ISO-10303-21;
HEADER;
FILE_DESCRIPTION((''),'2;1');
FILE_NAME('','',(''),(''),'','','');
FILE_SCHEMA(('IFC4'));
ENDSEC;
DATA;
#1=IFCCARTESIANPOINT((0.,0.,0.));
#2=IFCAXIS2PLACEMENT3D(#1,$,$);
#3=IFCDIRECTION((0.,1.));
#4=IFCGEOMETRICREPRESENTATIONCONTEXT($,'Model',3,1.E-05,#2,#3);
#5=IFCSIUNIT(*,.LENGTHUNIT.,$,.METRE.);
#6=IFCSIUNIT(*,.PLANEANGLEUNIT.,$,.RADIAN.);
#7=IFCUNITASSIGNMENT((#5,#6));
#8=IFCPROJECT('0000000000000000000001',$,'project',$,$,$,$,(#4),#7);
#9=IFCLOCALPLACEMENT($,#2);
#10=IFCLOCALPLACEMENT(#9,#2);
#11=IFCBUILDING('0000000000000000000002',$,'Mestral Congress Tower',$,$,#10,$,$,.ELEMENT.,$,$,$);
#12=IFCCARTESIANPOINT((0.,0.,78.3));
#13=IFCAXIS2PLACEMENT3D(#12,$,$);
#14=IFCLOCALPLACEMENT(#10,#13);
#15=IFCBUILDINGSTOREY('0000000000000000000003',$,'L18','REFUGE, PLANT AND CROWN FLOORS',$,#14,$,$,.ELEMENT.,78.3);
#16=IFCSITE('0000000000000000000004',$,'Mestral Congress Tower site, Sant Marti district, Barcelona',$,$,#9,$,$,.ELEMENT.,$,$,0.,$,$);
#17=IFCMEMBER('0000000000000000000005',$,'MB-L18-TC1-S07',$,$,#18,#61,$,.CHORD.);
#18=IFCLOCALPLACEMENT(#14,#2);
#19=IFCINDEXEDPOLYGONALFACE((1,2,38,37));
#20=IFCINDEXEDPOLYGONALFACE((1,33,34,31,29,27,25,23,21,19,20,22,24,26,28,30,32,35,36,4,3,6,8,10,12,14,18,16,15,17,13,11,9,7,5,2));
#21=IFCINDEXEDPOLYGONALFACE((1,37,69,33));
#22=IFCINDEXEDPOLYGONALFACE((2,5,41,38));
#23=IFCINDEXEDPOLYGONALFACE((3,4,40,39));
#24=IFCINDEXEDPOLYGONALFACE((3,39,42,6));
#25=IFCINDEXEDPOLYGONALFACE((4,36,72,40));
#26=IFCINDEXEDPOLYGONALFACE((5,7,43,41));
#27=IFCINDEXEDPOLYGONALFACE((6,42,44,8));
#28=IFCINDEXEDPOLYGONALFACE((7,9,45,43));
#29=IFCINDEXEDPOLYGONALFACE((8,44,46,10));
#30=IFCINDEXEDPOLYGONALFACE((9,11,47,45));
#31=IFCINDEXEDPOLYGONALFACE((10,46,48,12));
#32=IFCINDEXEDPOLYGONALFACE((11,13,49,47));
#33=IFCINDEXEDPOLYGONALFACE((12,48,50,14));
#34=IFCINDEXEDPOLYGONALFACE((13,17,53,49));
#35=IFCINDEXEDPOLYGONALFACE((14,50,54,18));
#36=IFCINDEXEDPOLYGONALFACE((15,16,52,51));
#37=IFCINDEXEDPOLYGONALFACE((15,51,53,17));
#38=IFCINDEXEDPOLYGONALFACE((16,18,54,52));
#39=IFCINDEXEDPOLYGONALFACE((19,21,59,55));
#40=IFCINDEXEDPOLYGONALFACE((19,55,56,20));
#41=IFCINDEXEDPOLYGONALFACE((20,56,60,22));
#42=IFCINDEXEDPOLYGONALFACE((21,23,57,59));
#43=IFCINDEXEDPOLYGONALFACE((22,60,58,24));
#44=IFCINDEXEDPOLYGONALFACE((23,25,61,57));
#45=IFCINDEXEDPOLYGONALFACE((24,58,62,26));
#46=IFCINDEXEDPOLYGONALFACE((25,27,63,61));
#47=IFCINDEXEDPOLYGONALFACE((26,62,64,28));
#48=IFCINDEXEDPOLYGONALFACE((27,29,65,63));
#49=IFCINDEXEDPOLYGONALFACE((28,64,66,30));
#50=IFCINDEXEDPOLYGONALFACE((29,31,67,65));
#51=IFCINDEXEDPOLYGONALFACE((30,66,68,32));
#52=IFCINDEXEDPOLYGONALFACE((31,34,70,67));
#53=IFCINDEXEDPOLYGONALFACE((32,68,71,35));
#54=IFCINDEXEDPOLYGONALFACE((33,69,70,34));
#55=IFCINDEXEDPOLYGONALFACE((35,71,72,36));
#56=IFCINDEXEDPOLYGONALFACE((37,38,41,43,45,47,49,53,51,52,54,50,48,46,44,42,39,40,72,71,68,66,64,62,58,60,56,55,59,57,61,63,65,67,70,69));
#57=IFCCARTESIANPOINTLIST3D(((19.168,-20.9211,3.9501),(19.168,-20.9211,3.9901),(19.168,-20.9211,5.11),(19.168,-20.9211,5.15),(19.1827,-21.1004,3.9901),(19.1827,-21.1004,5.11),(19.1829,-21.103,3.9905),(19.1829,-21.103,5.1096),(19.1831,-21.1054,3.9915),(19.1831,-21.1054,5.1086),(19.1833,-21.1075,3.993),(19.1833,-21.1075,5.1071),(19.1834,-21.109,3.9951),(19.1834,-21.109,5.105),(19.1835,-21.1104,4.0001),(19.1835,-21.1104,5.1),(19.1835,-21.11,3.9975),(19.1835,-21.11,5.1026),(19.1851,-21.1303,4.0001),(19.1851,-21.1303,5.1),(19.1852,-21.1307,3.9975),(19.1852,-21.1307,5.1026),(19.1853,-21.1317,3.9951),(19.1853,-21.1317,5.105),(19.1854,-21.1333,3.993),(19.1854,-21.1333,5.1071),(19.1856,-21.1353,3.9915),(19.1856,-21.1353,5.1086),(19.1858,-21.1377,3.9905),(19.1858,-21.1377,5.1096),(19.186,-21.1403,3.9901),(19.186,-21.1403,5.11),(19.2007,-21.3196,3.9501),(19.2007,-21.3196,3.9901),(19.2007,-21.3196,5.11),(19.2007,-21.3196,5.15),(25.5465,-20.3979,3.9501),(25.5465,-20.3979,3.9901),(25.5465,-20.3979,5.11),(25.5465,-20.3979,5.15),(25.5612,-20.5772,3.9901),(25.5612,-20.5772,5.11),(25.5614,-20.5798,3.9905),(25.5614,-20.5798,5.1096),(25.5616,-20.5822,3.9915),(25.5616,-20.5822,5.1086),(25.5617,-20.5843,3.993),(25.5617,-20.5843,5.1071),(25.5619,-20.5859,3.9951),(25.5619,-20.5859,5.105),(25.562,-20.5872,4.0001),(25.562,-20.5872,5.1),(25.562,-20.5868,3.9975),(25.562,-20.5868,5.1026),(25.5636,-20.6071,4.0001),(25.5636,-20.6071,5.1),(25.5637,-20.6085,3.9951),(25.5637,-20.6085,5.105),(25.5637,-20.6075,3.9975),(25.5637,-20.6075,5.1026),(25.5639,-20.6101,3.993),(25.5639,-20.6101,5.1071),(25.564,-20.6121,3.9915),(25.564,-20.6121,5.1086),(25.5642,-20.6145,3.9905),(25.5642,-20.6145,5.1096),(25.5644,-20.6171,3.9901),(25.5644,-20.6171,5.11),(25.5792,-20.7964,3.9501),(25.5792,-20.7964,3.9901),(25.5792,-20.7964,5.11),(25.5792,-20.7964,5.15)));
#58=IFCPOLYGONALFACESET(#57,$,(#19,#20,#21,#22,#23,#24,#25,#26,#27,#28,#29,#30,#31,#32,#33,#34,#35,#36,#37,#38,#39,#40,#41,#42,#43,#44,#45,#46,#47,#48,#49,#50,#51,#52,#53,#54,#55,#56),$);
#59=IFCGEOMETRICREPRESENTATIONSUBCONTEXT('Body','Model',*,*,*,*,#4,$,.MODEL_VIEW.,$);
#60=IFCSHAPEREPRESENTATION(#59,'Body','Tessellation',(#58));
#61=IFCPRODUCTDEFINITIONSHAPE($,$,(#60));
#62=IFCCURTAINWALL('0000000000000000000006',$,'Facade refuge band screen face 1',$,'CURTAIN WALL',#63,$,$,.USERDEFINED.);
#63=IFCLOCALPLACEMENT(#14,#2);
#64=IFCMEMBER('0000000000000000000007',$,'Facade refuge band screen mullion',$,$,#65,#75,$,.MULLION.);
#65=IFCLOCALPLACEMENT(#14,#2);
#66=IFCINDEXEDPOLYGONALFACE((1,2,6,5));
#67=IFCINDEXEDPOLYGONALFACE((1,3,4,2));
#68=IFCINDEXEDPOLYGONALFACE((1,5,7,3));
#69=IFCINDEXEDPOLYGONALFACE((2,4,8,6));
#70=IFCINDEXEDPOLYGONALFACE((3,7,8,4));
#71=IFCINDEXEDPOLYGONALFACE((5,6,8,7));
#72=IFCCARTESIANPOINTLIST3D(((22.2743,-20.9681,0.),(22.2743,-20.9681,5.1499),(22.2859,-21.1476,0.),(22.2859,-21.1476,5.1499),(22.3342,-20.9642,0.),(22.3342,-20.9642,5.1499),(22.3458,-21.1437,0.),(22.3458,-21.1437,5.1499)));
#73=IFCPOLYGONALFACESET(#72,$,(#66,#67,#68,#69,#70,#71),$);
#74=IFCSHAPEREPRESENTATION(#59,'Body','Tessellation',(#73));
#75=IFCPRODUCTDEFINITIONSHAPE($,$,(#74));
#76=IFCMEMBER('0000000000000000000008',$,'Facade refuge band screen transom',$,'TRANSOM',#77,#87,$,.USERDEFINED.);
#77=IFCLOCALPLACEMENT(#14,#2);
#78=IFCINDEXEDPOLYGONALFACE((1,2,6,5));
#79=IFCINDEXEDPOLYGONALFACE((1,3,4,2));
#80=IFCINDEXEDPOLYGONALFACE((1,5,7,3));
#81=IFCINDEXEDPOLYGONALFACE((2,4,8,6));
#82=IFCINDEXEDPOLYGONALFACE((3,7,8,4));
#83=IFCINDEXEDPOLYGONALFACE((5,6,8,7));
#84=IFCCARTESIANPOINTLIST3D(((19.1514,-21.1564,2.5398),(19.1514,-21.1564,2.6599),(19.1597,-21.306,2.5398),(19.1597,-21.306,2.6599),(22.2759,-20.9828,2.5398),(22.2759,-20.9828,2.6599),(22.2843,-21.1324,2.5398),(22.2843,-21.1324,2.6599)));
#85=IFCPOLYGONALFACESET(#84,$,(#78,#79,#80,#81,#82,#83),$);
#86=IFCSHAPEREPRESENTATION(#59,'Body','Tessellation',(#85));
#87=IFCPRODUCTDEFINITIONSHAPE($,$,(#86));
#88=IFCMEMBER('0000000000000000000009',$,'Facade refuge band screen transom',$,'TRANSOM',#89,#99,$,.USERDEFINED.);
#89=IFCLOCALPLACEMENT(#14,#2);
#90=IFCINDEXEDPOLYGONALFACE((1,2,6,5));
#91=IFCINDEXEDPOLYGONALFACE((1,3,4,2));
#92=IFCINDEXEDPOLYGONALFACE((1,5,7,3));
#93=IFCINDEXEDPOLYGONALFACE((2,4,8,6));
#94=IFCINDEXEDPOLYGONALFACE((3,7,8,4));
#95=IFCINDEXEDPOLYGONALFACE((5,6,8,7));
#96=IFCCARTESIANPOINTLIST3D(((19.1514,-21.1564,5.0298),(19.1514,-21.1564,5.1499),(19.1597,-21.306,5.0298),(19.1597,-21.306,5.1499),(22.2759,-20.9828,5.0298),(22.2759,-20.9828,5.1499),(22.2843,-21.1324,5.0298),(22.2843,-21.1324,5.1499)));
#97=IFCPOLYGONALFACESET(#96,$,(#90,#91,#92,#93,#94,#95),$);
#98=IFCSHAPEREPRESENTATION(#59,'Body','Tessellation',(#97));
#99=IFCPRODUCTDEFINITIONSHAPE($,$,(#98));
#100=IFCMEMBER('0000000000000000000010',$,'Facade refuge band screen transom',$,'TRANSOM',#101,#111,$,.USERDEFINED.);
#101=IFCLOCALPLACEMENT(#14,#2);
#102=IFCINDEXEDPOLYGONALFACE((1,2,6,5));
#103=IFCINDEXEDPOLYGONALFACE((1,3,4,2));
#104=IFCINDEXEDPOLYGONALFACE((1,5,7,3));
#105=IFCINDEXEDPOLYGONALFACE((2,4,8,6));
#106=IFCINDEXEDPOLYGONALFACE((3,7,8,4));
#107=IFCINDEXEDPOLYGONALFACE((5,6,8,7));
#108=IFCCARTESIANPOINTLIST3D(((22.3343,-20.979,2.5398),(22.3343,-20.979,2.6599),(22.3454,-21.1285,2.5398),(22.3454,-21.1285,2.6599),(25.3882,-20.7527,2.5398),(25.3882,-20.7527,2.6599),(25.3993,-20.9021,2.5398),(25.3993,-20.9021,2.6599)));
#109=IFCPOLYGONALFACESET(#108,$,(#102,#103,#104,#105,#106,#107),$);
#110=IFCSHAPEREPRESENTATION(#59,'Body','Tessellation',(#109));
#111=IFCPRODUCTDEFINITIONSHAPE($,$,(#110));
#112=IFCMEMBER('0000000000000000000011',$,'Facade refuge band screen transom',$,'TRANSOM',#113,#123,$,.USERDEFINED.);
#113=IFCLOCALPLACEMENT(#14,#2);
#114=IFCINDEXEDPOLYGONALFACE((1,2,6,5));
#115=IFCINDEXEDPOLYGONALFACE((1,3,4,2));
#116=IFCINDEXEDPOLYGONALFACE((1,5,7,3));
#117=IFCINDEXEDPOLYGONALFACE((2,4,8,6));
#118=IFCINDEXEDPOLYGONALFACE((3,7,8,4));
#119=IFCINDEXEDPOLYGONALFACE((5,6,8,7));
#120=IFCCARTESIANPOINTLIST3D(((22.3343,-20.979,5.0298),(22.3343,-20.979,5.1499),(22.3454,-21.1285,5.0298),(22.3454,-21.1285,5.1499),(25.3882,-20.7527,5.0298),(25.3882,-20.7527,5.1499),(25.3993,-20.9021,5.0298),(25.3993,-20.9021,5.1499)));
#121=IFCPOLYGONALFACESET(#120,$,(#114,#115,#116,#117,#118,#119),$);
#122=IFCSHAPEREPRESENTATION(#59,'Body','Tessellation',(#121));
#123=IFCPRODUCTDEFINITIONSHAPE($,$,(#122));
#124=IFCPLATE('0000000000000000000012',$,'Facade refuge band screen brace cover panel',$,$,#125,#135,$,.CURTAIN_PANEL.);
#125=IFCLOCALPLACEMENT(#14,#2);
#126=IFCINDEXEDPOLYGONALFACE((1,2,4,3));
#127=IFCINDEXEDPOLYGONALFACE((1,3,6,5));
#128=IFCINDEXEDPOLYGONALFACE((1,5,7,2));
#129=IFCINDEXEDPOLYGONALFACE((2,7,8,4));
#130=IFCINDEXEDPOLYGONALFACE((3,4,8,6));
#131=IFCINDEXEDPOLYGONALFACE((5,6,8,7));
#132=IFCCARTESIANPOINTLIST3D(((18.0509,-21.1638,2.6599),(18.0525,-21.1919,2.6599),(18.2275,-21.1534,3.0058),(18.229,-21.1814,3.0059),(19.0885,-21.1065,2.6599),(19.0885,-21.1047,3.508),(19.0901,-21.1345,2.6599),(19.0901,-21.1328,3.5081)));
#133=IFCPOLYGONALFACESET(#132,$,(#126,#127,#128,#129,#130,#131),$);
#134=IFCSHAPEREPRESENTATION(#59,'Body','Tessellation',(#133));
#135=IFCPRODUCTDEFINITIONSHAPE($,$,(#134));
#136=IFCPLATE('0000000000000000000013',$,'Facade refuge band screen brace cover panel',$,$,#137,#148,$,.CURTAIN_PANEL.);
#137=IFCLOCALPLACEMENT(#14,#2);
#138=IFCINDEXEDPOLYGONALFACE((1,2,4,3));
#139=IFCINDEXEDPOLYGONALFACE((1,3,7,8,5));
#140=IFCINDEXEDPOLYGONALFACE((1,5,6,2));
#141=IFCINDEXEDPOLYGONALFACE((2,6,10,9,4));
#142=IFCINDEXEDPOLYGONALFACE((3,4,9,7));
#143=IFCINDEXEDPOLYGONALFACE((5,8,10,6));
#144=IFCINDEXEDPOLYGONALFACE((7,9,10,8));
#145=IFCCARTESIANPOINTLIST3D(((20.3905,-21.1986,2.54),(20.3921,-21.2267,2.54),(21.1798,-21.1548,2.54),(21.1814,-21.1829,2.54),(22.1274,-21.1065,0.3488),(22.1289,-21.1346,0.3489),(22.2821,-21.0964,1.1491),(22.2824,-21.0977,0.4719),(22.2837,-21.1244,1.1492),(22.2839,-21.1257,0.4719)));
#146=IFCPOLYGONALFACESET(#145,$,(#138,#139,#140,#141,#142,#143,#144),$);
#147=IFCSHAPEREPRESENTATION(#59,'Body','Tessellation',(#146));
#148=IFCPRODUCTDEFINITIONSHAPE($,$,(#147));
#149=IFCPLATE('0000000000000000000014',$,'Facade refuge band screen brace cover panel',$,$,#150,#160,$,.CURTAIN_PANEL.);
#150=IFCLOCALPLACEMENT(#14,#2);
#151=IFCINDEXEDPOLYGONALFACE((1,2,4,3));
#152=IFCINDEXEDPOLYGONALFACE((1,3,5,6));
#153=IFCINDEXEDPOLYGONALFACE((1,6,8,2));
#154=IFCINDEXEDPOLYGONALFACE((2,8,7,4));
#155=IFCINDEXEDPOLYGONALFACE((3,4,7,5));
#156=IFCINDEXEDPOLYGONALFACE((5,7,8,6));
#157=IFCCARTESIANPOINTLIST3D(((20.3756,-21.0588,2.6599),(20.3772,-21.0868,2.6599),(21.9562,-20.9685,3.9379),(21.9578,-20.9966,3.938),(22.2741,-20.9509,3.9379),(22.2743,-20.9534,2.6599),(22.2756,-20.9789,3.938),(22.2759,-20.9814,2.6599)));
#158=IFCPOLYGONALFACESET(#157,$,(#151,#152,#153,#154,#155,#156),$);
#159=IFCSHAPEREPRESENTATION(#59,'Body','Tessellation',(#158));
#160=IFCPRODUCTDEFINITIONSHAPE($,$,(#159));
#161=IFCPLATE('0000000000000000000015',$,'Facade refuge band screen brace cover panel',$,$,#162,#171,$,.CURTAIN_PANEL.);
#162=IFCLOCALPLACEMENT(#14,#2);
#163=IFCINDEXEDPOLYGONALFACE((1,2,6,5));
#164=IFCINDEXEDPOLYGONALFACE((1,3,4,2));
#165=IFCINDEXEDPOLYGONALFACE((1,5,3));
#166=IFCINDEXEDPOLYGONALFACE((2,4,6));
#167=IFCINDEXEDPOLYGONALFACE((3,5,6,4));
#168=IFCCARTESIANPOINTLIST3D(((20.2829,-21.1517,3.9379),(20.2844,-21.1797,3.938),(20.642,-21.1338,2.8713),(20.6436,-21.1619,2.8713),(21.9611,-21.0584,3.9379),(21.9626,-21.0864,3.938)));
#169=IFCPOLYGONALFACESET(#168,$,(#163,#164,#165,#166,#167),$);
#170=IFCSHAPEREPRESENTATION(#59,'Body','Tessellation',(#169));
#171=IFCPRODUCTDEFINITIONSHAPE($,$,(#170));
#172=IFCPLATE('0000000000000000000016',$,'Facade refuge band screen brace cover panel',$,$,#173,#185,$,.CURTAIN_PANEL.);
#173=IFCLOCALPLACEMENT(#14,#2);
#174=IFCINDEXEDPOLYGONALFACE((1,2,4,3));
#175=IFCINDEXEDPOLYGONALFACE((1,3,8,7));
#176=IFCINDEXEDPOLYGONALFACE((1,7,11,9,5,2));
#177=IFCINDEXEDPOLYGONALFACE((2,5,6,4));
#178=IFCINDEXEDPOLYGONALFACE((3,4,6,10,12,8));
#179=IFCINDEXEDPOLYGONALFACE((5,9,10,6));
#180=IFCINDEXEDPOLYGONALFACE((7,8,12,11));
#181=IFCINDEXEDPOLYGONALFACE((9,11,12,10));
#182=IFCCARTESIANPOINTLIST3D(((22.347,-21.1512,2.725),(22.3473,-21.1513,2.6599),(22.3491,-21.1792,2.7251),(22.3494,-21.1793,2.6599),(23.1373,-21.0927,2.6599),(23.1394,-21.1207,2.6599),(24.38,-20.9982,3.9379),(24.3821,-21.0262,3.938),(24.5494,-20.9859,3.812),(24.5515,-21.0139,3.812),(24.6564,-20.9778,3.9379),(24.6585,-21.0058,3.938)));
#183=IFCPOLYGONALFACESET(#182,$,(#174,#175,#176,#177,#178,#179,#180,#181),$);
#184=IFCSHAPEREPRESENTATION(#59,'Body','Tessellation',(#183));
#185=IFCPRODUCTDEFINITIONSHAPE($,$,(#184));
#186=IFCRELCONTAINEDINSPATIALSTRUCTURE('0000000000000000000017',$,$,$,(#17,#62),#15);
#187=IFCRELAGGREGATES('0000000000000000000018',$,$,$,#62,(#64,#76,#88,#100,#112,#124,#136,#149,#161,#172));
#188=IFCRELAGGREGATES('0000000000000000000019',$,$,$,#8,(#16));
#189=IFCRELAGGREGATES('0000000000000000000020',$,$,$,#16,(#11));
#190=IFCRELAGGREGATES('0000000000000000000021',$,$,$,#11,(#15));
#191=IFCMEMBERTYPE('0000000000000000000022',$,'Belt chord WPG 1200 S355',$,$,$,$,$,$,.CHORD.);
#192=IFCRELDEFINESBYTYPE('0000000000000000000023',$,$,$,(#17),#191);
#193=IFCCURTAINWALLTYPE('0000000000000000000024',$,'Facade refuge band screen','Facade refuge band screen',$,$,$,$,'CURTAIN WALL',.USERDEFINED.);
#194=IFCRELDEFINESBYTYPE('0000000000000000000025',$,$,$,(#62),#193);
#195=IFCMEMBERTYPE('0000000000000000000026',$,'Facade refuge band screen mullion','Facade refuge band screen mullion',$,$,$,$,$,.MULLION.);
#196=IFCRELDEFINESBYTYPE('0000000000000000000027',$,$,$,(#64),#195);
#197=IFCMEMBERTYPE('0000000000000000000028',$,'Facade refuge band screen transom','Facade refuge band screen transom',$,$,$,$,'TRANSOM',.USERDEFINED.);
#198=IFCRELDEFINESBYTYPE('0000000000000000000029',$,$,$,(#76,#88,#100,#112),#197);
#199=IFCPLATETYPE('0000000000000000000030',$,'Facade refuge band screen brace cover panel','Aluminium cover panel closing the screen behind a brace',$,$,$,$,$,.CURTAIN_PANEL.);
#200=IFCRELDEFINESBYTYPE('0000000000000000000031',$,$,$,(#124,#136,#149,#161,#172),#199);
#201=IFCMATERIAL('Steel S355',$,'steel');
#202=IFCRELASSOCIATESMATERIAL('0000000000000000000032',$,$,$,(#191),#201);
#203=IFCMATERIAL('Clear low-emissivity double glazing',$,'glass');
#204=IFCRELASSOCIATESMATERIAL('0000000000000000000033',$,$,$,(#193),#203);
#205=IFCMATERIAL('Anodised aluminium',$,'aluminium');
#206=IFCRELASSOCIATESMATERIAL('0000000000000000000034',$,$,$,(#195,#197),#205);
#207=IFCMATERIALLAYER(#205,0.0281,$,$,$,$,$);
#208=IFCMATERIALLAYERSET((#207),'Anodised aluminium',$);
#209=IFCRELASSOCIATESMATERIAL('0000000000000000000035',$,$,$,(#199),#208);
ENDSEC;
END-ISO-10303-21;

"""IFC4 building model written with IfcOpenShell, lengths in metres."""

from ifc_helpers import new_model, si_unit, direction, frame, origin, origin_2d, place, context, subcontext, project, spatial, polyline, rectangle, i_section, outline, extrude, material, layer, layer_set, material_profile, profile_set, type_object, element, aggregate, save


model = new_model("IFC4")

# Units and contexts
model_context = context("Model", 3, precision=1e-05, world=origin(), true_north=direction((0.0, 1.0)))
body_context = subcontext(model_context, "Body", "Model", "MODEL_VIEW")
ifc_project = project(units=[si_unit("LENGTHUNIT", "METRE"), si_unit("PLANEANGLEUNIT", "RADIAN")], contexts=[model_context])

# Site, building, storey
site_placement = place(None, origin())
site = spatial("IfcSite", under=ifc_project, at=site_placement, Name="Mestral Congress Tower site, Sant Marti district, Barcelona", CompositionType="ELEMENT", RefElevation=0.0)
building_placement = place(site_placement, origin())
building = spatial("IfcBuilding", under=site, at=building_placement, Name="Mestral Congress Tower", CompositionType="ELEMENT")
storey_placement = place(building_placement, frame((0.0, 0.0, 78.3)))
storey = spatial("IfcBuildingStorey", under=building, at=storey_placement, Name="L18", Description="REFUGE, PLANT AND CROWN FLOORS", CompositionType="ELEMENT", Elevation=78.3)

# Member
ifc_material_1 = material(Name="Steel S355", Category="steel")
ifc_material_profile_1 = material_profile(ifc_material_1, i_section(OverallWidth=0.3999, OverallDepth=1.2, WebThickness=0.02, FlangeThickness=0.04, FilletRadius=0.01, at=origin_2d()), Name="WPG 1200")
ifc_profile_set_1 = profile_set([ifc_material_profile_1], Name="Steel S355")
member_type_1 = type_object("IfcMemberType", Name="Belt chord WPG 1200 S355", PredefinedType="CHORD", material=ifc_profile_set_1)
member_1_placement = place(storey_placement, frame((19.1843, -21.1204, 4.55), z_axis=(0.996653, 0.081751, 0.0), x_axis=(-0.081751, 0.996653, 0.0)))
element("IfcMember", 1, at=member_1_placement, inside=storey, type_object=member_type_1, Name="MB-L18-TC1-S07", PredefinedType="CHORD", context=body_context, shape_type="SweptSolid", body=[
    extrude(i_section(OverallWidth=0.3999, OverallDepth=1.2, WebThickness=0.02, FlangeThickness=0.04, FilletRadius=0.01, at=origin_2d()), origin(), (0.0, 0.0, 1.0), 6.3999),
])

# Curtain wall, members, plates
ifc_material_2 = material(Name="Clear low-emissivity double glazing", Category="glass")
curtain_wall_type = type_object("IfcCurtainWallType", Name="Facade refuge band screen", Description="Facade refuge band screen", ElementType="CURTAIN WALL", PredefinedType="USERDEFINED", material=ifc_material_2)
curtain_wall_placement = place(storey_placement, origin())
curtain_wall = element("IfcCurtainWall", 2, at=curtain_wall_placement, inside=storey, type_object=curtain_wall_type, Name="Facade refuge band screen face 1", ObjectType="CURTAIN WALL", PredefinedType="USERDEFINED")
ifc_material_3 = material(Name="Anodised aluminium", Category="aluminium")
ifc_material_profile_2 = material_profile(ifc_material_3, rectangle(XDim=0.1799, YDim=0.0601, at=origin_2d()), Name="CW3 mullion 180 x 60")
ifc_profile_set_2 = profile_set([ifc_material_profile_2], Name="Anodised aluminium")
member_type_2 = type_object("IfcMemberType", Name="Facade refuge band screen mullion", Description="Facade refuge band screen mullion", PredefinedType="MULLION", material=ifc_profile_set_2)
member_2_placement = place(storey_placement, frame((22.3101, -21.0559, 0.0), z_axis=(0.0, 0.0, 1.0), x_axis=(0.064658, -0.997908, 0.0)))
member_2 = element("IfcMember", 3, at=member_2_placement, type_object=member_type_2, Name="Facade refuge band screen mullion", PredefinedType="MULLION", context=body_context, shape_type="SweptSolid", body=[
    extrude(rectangle(XDim=0.1799, YDim=0.0601, at=origin_2d()), origin(), (0.0, 0.0, 1.0), 5.1499),
])
ifc_material_profile_3 = material_profile(ifc_material_3, rectangle(XDim=0.1499, YDim=0.1201, at=origin_2d()), Name="CW3 transom 150 x 120")
ifc_profile_set_3 = profile_set([ifc_material_profile_3], Name="Anodised aluminium")
member_type_3 = type_object("IfcMemberType", Name="Facade refuge band screen transom", Description="Facade refuge band screen transom", ElementType="TRANSOM", PredefinedType="USERDEFINED", material=ifc_profile_set_3)
member_3_placement = place(storey_placement, frame((19.1555, -21.2312, 2.5999), z_axis=(0.99846, 0.05547, 0.0), x_axis=(-0.05547, 0.99846, 0.0)))
member_3 = element("IfcMember", 4, at=member_3_placement, type_object=member_type_3, Name="Facade refuge band screen transom", ObjectType="TRANSOM", PredefinedType="USERDEFINED", context=body_context, shape_type="SweptSolid", body=[
    extrude(rectangle(XDim=0.1499, YDim=0.1201, at=origin_2d()), origin(), (0.0, 0.0, 1.0), 3.1294),
])
member_4_placement = place(storey_placement, frame((19.1555, -21.2312, 5.0898), z_axis=(0.99846, 0.05547, 0.0), x_axis=(-0.05547, 0.99846, 0.0)))
member_4 = element("IfcMember", 5, at=member_4_placement, type_object=member_type_3, Name="Facade refuge band screen transom", ObjectType="TRANSOM", PredefinedType="USERDEFINED", context=body_context, shape_type="SweptSolid", body=[
    extrude(rectangle(XDim=0.1499, YDim=0.1201, at=origin_2d()), origin(), (0.0, 0.0, 1.0), 3.1294),
])
member_5_placement = place(storey_placement, frame((22.3398, -21.0537, 2.5999), z_axis=(0.997265, 0.073904, 0.0), x_axis=(-0.073904, 0.997265, 0.0)))
member_5 = element("IfcMember", 6, at=member_5_placement, type_object=member_type_3, Name="Facade refuge band screen transom", ObjectType="TRANSOM", PredefinedType="USERDEFINED", context=body_context, shape_type="SweptSolid", body=[
    extrude(rectangle(XDim=0.1499, YDim=0.1201, at=origin_2d()), origin(), (0.0, 0.0, 1.0), 3.0623),
])
member_6_placement = place(storey_placement, frame((22.3398, -21.0537, 5.0898), z_axis=(0.997265, 0.073904, 0.0), x_axis=(-0.073904, 0.997265, 0.0)))
member_6 = element("IfcMember", 7, at=member_6_placement, type_object=member_type_3, Name="Facade refuge band screen transom", ObjectType="TRANSOM", PredefinedType="USERDEFINED", context=body_context, shape_type="SweptSolid", body=[
    extrude(rectangle(XDim=0.1499, YDim=0.1201, at=origin_2d()), origin(), (0.0, 0.0, 1.0), 3.0623),
])
ifc_layer_1 = layer(ifc_material_3, 0.0281)
ifc_layer_set_1 = layer_set([ifc_layer_1], Name="Anodised aluminium")
plate_type_1 = type_object("IfcPlateType", Name="Facade refuge band screen brace cover panel", Description="Aluminium cover panel closing the screen behind a brace", PredefinedType="CURTAIN_PANEL", material=ifc_layer_set_1)
plate_1_placement = place(storey_placement, frame((19.0901, -21.1345, 2.6599), z_axis=(0.055178, -0.998474, 0.002051), x_axis=(-0.998477, -0.055178, 0.0)))
plate_1 = element("IfcPlate", 8, at=plate_1_placement, type_object=plate_type_1, Name="Facade refuge band screen brace cover panel", PredefinedType="CURTAIN_PANEL", context=body_context, shape_type="SweptSolid", body=[
    extrude(outline(polyline([(0.0, 0.0), (1.0392, 0.0), (0.8624, -0.3459), (-0.0001, -0.8481), (0.0, 0.0)])), origin(), (0.0, 0.0, -1.0), 0.0281),
])
plate_2_placement = place(storey_placement, frame((22.2839, -21.1257, 0.4719), z_axis=(0.0554, -0.998462, 0.001946), x_axis=(-0.782484, -0.044627, -0.621069)))
plate_2 = element("IfcPlate", 9, at=plate_2_placement, type_object=plate_type_1, Name="Facade refuge band screen brace cover panel", PredefinedType="CURTAIN_PANEL", context=body_context, shape_type="SweptSolid", body=[
    extrude(outline(polyline([(0.0, 0.0), (0.1981, 0.0), (0.2004, -2.7975), (-0.4192, -2.3066), (-0.4205, -0.5309), (0.0, 0.0)])), origin(), (0.0, 0.0, -1.0), 0.0281),
])
plate_3_placement = place(storey_placement, frame((22.2759, -20.9814, 2.6599), z_axis=(0.055427, -0.998461, 0.001971), x_axis=(-0.998463, -0.055427, 0.0)))
plate_3 = element("IfcPlate", 10, at=plate_3_placement, type_object=plate_type_1, Name="Facade refuge band screen brace cover panel", PredefinedType="CURTAIN_PANEL", context=body_context, shape_type="SweptSolid", body=[
    extrude(outline(polyline([(0.0, 0.0), (1.9016, 0.0), (0.3185, -1.2781), (0.0001, -1.2781), (0.0, 0.0)])), origin(), (0.0, 0.0, -1.0), 0.0281),
])
plate_4_placement = place(storey_placement, frame((21.9626, -21.0864, 3.938), z_axis=(0.055486, -0.998457, 0.001999), x_axis=(-0.776819, -0.044427, -0.628155)))
plate_4 = element("IfcPlate", 11, at=plate_4_placement, type_object=plate_type_1, Name="Facade refuge band screen brace cover panel", PredefinedType="CURTAIN_PANEL", context=body_context, shape_type="SweptSolid", body=[
    extrude(outline(polyline([(0.0, 0.0), (1.6981, 0.0), (1.3078, -1.0558), (0.0, 0.0)])), origin(), (0.0, 0.0, -1.0), 0.0281),
])
plate_5_placement = place(storey_placement, frame((24.5515, -21.0139, 3.812), z_axis=(0.073938, -0.997261, 0.001807), x_axis=(-0.773506, -0.058492, -0.631084)))
plate_5 = element("IfcPlate", 12, at=plate_5_placement, type_object=plate_type_1, Name="Facade refuge band screen brace cover panel", PredefinedType="CURTAIN_PANEL", context=body_context, shape_type="SweptSolid", body=[
    extrude(outline(polyline([(0.0, 0.0), (1.8256, 0.0), (2.4401, -0.5), (2.3992, -0.5507), (0.0523, -0.2049), (-0.1627, -0.03), (0.0, 0.0)])), origin(), (0.0, 0.0, -1.0), 0.0281),
])
aggregate(curtain_wall, [member_2, member_3, member_4, member_5, member_6, plate_1, plate_2, plate_3, plate_4, plate_5])

save(model, "model.ifc")
